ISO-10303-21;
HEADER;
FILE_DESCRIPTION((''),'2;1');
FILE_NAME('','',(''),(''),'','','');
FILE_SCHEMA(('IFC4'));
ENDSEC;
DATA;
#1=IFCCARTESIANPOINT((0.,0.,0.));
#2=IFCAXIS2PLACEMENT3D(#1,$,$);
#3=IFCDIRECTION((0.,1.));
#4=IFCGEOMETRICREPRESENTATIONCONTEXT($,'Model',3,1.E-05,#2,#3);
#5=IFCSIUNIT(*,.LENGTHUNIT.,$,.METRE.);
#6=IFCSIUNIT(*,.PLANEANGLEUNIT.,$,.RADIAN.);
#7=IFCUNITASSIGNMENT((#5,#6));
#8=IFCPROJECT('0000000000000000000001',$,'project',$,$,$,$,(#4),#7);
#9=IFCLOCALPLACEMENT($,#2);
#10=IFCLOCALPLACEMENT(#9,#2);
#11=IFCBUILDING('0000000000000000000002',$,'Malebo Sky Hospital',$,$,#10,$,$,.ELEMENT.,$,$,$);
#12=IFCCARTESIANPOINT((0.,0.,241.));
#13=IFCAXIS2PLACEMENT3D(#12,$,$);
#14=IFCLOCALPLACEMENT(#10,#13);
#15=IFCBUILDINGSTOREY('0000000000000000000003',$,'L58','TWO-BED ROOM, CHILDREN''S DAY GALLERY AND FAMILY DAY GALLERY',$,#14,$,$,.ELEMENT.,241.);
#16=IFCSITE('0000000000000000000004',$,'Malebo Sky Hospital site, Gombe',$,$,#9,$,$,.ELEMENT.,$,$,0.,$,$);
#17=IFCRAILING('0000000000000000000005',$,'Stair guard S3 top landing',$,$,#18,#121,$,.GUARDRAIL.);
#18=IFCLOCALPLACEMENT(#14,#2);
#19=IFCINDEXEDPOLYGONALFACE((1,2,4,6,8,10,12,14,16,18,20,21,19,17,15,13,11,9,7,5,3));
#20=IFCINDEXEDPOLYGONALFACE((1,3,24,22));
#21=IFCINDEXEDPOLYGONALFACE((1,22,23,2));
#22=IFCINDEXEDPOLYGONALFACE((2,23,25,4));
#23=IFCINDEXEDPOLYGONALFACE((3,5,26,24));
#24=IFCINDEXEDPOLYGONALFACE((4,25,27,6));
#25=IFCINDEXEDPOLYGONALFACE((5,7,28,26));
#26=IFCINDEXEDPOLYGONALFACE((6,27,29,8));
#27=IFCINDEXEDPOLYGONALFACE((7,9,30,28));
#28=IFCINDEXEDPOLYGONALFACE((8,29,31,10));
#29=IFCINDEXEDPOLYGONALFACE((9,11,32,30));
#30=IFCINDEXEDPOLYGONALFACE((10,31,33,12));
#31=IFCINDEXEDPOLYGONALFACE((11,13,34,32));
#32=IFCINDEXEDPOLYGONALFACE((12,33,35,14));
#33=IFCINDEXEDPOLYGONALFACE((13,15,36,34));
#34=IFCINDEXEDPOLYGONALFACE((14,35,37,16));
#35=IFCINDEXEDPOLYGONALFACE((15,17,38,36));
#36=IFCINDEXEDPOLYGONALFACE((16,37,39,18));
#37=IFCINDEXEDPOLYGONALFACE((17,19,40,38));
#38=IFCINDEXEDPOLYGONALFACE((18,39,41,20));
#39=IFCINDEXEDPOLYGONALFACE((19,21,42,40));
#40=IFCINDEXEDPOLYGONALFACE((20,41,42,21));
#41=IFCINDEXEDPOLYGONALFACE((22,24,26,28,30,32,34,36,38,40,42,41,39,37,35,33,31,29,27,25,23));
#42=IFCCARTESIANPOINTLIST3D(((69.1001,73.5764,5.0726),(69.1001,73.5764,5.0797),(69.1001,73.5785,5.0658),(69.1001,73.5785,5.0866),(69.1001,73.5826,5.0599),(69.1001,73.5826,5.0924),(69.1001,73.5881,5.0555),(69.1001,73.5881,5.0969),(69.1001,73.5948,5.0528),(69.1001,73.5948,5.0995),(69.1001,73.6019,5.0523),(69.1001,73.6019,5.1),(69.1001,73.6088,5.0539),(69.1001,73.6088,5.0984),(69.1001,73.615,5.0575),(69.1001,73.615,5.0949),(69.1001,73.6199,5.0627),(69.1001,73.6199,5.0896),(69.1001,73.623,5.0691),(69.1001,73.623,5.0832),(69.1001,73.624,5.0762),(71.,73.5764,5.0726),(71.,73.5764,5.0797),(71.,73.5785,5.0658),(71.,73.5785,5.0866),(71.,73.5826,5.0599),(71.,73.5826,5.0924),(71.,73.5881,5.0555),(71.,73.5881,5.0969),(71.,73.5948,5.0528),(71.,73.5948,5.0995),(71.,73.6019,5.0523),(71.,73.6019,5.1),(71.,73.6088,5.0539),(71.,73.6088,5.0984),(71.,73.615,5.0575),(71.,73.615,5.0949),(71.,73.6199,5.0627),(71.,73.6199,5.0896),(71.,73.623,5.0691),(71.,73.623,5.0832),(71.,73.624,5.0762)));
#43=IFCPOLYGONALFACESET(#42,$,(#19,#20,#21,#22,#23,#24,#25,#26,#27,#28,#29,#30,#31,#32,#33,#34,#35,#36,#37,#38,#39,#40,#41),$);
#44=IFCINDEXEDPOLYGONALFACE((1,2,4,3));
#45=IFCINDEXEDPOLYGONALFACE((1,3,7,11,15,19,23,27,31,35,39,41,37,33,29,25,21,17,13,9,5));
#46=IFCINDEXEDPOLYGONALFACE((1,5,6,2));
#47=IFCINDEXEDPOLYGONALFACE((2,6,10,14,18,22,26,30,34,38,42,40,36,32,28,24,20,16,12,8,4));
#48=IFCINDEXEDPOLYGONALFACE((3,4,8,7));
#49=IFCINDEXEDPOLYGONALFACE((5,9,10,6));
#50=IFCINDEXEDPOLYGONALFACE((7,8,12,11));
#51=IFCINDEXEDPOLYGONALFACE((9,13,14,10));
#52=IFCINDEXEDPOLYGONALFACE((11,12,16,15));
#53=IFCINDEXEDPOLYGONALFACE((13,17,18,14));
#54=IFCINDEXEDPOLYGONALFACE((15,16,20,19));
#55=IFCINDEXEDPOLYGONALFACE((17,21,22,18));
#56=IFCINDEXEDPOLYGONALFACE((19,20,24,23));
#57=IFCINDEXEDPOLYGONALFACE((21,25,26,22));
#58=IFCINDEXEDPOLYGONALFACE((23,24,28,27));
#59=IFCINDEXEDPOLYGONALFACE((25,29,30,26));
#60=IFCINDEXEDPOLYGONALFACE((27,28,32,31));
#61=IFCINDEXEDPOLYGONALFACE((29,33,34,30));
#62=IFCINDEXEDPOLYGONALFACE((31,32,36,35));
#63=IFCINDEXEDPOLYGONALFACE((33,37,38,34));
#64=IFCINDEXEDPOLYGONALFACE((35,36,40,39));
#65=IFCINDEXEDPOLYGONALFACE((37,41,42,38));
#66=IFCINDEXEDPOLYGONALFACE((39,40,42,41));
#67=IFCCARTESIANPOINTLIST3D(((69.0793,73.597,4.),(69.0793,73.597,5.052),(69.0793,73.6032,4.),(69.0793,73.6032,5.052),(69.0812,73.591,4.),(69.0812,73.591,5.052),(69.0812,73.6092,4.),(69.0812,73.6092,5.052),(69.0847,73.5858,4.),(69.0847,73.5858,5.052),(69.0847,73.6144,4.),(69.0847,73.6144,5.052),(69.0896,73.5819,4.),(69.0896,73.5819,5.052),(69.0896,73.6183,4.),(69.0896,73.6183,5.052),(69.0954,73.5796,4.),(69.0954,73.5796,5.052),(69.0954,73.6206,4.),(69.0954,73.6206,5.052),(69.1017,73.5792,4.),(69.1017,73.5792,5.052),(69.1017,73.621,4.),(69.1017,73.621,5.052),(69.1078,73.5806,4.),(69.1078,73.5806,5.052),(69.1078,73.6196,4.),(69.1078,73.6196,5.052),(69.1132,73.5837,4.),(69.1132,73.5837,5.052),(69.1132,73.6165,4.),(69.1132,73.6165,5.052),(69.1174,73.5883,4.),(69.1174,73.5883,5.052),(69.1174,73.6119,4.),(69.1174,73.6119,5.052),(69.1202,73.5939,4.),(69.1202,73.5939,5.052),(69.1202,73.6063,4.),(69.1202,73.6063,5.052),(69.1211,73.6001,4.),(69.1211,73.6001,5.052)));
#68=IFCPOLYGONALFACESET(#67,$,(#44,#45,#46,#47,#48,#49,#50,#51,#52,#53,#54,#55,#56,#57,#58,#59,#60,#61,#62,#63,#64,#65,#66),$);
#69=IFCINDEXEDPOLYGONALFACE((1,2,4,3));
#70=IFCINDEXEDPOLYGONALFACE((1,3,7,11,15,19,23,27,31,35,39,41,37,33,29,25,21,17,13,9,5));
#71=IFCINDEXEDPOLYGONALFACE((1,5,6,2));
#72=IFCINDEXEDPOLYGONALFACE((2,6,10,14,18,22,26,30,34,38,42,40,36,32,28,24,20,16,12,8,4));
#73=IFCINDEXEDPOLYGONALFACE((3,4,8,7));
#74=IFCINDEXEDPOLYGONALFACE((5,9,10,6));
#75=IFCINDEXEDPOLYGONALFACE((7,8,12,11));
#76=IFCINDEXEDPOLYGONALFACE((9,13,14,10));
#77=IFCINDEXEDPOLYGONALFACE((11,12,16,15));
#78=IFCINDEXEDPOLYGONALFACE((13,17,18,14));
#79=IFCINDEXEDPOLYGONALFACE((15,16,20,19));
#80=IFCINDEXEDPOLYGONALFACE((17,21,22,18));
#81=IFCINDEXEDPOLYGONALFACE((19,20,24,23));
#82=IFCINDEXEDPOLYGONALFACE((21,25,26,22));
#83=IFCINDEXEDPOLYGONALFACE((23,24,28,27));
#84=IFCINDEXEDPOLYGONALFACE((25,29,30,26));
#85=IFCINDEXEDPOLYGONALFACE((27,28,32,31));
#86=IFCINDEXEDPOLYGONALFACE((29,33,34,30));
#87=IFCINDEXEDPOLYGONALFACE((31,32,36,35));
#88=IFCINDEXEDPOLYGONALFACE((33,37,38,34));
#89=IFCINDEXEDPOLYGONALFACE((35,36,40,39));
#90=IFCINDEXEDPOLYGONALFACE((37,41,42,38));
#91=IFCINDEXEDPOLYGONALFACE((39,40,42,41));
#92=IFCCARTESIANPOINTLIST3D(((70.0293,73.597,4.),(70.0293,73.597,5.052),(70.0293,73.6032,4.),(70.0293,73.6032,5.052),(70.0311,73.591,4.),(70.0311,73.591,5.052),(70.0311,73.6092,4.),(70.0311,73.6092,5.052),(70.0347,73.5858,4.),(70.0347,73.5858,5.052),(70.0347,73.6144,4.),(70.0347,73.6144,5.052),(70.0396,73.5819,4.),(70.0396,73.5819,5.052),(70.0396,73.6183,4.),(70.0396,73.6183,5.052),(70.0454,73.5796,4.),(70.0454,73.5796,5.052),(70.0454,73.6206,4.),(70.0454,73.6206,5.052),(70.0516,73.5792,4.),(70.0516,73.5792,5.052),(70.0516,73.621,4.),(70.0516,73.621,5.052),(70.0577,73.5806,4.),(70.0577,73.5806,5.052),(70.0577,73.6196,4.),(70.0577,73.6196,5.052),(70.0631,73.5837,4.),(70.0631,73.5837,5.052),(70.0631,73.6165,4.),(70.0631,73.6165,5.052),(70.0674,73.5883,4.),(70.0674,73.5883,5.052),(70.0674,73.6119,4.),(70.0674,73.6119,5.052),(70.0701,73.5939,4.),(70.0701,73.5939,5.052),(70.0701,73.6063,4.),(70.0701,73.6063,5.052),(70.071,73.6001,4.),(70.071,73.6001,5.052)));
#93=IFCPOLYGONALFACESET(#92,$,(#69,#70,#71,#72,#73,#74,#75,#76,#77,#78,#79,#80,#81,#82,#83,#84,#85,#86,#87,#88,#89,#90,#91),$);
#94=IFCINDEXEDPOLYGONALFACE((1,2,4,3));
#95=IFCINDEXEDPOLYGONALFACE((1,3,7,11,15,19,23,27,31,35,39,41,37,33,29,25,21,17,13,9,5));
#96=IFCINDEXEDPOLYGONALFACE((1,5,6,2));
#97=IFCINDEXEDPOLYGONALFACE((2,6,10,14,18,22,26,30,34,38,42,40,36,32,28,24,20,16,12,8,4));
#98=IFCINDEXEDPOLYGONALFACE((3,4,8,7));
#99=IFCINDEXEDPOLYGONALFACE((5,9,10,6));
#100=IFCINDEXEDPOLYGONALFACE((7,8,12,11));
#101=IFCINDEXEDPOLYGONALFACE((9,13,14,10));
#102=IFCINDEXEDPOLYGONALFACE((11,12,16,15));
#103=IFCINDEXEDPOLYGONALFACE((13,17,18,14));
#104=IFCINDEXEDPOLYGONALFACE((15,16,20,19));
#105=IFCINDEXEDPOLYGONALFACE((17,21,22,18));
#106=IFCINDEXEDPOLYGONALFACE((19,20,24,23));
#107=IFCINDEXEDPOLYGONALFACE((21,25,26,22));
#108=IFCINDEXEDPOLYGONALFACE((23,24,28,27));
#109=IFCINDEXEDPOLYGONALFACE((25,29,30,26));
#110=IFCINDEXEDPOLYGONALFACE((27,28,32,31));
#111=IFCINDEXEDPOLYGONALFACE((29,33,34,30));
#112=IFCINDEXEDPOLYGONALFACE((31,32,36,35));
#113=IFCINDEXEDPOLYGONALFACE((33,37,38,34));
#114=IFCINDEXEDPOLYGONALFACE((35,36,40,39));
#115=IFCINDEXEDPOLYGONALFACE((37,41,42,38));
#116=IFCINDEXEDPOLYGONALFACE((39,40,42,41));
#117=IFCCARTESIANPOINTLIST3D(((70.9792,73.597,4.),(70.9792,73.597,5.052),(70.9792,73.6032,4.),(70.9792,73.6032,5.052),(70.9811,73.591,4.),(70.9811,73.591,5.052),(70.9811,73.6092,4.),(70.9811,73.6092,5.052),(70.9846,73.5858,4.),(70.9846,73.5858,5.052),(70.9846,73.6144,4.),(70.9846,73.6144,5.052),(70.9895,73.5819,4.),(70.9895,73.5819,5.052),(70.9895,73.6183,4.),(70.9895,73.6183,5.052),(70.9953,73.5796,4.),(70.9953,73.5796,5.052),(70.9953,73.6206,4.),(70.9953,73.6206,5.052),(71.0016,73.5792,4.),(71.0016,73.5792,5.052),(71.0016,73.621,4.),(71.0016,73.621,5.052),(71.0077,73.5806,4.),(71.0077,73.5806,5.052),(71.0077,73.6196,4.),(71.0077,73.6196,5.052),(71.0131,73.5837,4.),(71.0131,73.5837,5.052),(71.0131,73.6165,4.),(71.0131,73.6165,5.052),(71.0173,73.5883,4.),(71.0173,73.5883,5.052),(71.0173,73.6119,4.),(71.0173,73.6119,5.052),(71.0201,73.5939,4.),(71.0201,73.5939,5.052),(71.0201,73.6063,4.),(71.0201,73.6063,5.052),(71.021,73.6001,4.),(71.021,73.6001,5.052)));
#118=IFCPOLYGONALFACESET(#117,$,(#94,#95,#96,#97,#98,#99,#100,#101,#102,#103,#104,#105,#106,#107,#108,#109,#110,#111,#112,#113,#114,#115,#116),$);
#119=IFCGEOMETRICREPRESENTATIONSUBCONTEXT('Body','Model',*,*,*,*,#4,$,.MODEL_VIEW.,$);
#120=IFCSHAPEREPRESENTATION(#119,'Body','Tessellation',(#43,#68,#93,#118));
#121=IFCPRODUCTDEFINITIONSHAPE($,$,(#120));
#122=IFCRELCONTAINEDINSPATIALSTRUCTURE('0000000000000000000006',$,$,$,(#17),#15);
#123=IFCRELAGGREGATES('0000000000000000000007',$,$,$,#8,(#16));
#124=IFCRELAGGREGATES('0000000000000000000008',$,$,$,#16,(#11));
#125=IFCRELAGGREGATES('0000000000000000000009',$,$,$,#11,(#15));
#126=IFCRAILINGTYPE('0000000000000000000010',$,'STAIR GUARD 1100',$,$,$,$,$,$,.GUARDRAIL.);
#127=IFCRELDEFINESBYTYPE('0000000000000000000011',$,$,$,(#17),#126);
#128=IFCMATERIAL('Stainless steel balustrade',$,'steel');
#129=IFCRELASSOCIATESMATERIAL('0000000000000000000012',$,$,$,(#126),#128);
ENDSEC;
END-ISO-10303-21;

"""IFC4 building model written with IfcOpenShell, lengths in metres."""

from ifc_helpers import new_model, si_unit, direction, frame, origin, origin_2d, place, context, subcontext, project, spatial, circle, extrude, material, type_object, element, save


model = new_model("IFC4")

# Units and contexts
model_context = context("Model", 3, precision=1e-05, world=origin(), true_north=direction((0.0, 1.0)))
body_context = subcontext(model_context, "Body", "Model", "MODEL_VIEW")
ifc_project = project(units=[si_unit("LENGTHUNIT", "METRE"), si_unit("PLANEANGLEUNIT", "RADIAN")], contexts=[model_context])

# Site, building, storey
site_placement = place(None, origin())
site = spatial("IfcSite", under=ifc_project, at=site_placement, Name="Malebo Sky Hospital site, Gombe", CompositionType="ELEMENT", RefElevation=0.0)
building_placement = place(site_placement, origin())
building = spatial("IfcBuilding", under=site, at=building_placement, Name="Malebo Sky Hospital", CompositionType="ELEMENT")
storey_placement = place(building_placement, frame((0.0, 0.0, 241.0)))
storey = spatial("IfcBuildingStorey", under=building, at=storey_placement, Name="L58", Description="TWO-BED ROOM, CHILDREN'S DAY GALLERY AND FAMILY DAY GALLERY", CompositionType="ELEMENT", Elevation=241.0)

# Railing
ifc_material_1 = material(Name="Stainless steel balustrade", Category="steel")
railing_type = type_object("IfcRailingType", Name="STAIR GUARD 1100", PredefinedType="GUARDRAIL", material=ifc_material_1)
railing_placement = place(storey_placement, frame((69.1001, 73.6001, 4.0)))
element("IfcRailing", 1, at=railing_placement, inside=storey, type_object=railing_type, Name="Stair guard S3 top landing", PredefinedType="GUARDRAIL", context=body_context, shape_type="SweptSolid", body=[
    extrude(circle(Radius=0.0239, at=origin_2d()), frame((0.0, 0.0, 1.0762), z_axis=(1.0, 0.0, 0.0), x_axis=(0.0, 1.0, 0.0)), (0.0, 0.0, 1.0), 1.8999),
    extrude(circle(Radius=0.021, at=origin_2d()), origin(), (0.0, 0.0, 1.0), 1.052),
    extrude(circle(Radius=0.021, at=origin_2d()), frame((0.95, 0.0, 0.0)), (0.0, 0.0, 1.0), 1.052),
    extrude(circle(Radius=0.021, at=origin_2d()), frame((1.8999, 0.0, 0.0)), (0.0, 0.0, 1.0), 1.052),
])

save(model, "model.ifc")
